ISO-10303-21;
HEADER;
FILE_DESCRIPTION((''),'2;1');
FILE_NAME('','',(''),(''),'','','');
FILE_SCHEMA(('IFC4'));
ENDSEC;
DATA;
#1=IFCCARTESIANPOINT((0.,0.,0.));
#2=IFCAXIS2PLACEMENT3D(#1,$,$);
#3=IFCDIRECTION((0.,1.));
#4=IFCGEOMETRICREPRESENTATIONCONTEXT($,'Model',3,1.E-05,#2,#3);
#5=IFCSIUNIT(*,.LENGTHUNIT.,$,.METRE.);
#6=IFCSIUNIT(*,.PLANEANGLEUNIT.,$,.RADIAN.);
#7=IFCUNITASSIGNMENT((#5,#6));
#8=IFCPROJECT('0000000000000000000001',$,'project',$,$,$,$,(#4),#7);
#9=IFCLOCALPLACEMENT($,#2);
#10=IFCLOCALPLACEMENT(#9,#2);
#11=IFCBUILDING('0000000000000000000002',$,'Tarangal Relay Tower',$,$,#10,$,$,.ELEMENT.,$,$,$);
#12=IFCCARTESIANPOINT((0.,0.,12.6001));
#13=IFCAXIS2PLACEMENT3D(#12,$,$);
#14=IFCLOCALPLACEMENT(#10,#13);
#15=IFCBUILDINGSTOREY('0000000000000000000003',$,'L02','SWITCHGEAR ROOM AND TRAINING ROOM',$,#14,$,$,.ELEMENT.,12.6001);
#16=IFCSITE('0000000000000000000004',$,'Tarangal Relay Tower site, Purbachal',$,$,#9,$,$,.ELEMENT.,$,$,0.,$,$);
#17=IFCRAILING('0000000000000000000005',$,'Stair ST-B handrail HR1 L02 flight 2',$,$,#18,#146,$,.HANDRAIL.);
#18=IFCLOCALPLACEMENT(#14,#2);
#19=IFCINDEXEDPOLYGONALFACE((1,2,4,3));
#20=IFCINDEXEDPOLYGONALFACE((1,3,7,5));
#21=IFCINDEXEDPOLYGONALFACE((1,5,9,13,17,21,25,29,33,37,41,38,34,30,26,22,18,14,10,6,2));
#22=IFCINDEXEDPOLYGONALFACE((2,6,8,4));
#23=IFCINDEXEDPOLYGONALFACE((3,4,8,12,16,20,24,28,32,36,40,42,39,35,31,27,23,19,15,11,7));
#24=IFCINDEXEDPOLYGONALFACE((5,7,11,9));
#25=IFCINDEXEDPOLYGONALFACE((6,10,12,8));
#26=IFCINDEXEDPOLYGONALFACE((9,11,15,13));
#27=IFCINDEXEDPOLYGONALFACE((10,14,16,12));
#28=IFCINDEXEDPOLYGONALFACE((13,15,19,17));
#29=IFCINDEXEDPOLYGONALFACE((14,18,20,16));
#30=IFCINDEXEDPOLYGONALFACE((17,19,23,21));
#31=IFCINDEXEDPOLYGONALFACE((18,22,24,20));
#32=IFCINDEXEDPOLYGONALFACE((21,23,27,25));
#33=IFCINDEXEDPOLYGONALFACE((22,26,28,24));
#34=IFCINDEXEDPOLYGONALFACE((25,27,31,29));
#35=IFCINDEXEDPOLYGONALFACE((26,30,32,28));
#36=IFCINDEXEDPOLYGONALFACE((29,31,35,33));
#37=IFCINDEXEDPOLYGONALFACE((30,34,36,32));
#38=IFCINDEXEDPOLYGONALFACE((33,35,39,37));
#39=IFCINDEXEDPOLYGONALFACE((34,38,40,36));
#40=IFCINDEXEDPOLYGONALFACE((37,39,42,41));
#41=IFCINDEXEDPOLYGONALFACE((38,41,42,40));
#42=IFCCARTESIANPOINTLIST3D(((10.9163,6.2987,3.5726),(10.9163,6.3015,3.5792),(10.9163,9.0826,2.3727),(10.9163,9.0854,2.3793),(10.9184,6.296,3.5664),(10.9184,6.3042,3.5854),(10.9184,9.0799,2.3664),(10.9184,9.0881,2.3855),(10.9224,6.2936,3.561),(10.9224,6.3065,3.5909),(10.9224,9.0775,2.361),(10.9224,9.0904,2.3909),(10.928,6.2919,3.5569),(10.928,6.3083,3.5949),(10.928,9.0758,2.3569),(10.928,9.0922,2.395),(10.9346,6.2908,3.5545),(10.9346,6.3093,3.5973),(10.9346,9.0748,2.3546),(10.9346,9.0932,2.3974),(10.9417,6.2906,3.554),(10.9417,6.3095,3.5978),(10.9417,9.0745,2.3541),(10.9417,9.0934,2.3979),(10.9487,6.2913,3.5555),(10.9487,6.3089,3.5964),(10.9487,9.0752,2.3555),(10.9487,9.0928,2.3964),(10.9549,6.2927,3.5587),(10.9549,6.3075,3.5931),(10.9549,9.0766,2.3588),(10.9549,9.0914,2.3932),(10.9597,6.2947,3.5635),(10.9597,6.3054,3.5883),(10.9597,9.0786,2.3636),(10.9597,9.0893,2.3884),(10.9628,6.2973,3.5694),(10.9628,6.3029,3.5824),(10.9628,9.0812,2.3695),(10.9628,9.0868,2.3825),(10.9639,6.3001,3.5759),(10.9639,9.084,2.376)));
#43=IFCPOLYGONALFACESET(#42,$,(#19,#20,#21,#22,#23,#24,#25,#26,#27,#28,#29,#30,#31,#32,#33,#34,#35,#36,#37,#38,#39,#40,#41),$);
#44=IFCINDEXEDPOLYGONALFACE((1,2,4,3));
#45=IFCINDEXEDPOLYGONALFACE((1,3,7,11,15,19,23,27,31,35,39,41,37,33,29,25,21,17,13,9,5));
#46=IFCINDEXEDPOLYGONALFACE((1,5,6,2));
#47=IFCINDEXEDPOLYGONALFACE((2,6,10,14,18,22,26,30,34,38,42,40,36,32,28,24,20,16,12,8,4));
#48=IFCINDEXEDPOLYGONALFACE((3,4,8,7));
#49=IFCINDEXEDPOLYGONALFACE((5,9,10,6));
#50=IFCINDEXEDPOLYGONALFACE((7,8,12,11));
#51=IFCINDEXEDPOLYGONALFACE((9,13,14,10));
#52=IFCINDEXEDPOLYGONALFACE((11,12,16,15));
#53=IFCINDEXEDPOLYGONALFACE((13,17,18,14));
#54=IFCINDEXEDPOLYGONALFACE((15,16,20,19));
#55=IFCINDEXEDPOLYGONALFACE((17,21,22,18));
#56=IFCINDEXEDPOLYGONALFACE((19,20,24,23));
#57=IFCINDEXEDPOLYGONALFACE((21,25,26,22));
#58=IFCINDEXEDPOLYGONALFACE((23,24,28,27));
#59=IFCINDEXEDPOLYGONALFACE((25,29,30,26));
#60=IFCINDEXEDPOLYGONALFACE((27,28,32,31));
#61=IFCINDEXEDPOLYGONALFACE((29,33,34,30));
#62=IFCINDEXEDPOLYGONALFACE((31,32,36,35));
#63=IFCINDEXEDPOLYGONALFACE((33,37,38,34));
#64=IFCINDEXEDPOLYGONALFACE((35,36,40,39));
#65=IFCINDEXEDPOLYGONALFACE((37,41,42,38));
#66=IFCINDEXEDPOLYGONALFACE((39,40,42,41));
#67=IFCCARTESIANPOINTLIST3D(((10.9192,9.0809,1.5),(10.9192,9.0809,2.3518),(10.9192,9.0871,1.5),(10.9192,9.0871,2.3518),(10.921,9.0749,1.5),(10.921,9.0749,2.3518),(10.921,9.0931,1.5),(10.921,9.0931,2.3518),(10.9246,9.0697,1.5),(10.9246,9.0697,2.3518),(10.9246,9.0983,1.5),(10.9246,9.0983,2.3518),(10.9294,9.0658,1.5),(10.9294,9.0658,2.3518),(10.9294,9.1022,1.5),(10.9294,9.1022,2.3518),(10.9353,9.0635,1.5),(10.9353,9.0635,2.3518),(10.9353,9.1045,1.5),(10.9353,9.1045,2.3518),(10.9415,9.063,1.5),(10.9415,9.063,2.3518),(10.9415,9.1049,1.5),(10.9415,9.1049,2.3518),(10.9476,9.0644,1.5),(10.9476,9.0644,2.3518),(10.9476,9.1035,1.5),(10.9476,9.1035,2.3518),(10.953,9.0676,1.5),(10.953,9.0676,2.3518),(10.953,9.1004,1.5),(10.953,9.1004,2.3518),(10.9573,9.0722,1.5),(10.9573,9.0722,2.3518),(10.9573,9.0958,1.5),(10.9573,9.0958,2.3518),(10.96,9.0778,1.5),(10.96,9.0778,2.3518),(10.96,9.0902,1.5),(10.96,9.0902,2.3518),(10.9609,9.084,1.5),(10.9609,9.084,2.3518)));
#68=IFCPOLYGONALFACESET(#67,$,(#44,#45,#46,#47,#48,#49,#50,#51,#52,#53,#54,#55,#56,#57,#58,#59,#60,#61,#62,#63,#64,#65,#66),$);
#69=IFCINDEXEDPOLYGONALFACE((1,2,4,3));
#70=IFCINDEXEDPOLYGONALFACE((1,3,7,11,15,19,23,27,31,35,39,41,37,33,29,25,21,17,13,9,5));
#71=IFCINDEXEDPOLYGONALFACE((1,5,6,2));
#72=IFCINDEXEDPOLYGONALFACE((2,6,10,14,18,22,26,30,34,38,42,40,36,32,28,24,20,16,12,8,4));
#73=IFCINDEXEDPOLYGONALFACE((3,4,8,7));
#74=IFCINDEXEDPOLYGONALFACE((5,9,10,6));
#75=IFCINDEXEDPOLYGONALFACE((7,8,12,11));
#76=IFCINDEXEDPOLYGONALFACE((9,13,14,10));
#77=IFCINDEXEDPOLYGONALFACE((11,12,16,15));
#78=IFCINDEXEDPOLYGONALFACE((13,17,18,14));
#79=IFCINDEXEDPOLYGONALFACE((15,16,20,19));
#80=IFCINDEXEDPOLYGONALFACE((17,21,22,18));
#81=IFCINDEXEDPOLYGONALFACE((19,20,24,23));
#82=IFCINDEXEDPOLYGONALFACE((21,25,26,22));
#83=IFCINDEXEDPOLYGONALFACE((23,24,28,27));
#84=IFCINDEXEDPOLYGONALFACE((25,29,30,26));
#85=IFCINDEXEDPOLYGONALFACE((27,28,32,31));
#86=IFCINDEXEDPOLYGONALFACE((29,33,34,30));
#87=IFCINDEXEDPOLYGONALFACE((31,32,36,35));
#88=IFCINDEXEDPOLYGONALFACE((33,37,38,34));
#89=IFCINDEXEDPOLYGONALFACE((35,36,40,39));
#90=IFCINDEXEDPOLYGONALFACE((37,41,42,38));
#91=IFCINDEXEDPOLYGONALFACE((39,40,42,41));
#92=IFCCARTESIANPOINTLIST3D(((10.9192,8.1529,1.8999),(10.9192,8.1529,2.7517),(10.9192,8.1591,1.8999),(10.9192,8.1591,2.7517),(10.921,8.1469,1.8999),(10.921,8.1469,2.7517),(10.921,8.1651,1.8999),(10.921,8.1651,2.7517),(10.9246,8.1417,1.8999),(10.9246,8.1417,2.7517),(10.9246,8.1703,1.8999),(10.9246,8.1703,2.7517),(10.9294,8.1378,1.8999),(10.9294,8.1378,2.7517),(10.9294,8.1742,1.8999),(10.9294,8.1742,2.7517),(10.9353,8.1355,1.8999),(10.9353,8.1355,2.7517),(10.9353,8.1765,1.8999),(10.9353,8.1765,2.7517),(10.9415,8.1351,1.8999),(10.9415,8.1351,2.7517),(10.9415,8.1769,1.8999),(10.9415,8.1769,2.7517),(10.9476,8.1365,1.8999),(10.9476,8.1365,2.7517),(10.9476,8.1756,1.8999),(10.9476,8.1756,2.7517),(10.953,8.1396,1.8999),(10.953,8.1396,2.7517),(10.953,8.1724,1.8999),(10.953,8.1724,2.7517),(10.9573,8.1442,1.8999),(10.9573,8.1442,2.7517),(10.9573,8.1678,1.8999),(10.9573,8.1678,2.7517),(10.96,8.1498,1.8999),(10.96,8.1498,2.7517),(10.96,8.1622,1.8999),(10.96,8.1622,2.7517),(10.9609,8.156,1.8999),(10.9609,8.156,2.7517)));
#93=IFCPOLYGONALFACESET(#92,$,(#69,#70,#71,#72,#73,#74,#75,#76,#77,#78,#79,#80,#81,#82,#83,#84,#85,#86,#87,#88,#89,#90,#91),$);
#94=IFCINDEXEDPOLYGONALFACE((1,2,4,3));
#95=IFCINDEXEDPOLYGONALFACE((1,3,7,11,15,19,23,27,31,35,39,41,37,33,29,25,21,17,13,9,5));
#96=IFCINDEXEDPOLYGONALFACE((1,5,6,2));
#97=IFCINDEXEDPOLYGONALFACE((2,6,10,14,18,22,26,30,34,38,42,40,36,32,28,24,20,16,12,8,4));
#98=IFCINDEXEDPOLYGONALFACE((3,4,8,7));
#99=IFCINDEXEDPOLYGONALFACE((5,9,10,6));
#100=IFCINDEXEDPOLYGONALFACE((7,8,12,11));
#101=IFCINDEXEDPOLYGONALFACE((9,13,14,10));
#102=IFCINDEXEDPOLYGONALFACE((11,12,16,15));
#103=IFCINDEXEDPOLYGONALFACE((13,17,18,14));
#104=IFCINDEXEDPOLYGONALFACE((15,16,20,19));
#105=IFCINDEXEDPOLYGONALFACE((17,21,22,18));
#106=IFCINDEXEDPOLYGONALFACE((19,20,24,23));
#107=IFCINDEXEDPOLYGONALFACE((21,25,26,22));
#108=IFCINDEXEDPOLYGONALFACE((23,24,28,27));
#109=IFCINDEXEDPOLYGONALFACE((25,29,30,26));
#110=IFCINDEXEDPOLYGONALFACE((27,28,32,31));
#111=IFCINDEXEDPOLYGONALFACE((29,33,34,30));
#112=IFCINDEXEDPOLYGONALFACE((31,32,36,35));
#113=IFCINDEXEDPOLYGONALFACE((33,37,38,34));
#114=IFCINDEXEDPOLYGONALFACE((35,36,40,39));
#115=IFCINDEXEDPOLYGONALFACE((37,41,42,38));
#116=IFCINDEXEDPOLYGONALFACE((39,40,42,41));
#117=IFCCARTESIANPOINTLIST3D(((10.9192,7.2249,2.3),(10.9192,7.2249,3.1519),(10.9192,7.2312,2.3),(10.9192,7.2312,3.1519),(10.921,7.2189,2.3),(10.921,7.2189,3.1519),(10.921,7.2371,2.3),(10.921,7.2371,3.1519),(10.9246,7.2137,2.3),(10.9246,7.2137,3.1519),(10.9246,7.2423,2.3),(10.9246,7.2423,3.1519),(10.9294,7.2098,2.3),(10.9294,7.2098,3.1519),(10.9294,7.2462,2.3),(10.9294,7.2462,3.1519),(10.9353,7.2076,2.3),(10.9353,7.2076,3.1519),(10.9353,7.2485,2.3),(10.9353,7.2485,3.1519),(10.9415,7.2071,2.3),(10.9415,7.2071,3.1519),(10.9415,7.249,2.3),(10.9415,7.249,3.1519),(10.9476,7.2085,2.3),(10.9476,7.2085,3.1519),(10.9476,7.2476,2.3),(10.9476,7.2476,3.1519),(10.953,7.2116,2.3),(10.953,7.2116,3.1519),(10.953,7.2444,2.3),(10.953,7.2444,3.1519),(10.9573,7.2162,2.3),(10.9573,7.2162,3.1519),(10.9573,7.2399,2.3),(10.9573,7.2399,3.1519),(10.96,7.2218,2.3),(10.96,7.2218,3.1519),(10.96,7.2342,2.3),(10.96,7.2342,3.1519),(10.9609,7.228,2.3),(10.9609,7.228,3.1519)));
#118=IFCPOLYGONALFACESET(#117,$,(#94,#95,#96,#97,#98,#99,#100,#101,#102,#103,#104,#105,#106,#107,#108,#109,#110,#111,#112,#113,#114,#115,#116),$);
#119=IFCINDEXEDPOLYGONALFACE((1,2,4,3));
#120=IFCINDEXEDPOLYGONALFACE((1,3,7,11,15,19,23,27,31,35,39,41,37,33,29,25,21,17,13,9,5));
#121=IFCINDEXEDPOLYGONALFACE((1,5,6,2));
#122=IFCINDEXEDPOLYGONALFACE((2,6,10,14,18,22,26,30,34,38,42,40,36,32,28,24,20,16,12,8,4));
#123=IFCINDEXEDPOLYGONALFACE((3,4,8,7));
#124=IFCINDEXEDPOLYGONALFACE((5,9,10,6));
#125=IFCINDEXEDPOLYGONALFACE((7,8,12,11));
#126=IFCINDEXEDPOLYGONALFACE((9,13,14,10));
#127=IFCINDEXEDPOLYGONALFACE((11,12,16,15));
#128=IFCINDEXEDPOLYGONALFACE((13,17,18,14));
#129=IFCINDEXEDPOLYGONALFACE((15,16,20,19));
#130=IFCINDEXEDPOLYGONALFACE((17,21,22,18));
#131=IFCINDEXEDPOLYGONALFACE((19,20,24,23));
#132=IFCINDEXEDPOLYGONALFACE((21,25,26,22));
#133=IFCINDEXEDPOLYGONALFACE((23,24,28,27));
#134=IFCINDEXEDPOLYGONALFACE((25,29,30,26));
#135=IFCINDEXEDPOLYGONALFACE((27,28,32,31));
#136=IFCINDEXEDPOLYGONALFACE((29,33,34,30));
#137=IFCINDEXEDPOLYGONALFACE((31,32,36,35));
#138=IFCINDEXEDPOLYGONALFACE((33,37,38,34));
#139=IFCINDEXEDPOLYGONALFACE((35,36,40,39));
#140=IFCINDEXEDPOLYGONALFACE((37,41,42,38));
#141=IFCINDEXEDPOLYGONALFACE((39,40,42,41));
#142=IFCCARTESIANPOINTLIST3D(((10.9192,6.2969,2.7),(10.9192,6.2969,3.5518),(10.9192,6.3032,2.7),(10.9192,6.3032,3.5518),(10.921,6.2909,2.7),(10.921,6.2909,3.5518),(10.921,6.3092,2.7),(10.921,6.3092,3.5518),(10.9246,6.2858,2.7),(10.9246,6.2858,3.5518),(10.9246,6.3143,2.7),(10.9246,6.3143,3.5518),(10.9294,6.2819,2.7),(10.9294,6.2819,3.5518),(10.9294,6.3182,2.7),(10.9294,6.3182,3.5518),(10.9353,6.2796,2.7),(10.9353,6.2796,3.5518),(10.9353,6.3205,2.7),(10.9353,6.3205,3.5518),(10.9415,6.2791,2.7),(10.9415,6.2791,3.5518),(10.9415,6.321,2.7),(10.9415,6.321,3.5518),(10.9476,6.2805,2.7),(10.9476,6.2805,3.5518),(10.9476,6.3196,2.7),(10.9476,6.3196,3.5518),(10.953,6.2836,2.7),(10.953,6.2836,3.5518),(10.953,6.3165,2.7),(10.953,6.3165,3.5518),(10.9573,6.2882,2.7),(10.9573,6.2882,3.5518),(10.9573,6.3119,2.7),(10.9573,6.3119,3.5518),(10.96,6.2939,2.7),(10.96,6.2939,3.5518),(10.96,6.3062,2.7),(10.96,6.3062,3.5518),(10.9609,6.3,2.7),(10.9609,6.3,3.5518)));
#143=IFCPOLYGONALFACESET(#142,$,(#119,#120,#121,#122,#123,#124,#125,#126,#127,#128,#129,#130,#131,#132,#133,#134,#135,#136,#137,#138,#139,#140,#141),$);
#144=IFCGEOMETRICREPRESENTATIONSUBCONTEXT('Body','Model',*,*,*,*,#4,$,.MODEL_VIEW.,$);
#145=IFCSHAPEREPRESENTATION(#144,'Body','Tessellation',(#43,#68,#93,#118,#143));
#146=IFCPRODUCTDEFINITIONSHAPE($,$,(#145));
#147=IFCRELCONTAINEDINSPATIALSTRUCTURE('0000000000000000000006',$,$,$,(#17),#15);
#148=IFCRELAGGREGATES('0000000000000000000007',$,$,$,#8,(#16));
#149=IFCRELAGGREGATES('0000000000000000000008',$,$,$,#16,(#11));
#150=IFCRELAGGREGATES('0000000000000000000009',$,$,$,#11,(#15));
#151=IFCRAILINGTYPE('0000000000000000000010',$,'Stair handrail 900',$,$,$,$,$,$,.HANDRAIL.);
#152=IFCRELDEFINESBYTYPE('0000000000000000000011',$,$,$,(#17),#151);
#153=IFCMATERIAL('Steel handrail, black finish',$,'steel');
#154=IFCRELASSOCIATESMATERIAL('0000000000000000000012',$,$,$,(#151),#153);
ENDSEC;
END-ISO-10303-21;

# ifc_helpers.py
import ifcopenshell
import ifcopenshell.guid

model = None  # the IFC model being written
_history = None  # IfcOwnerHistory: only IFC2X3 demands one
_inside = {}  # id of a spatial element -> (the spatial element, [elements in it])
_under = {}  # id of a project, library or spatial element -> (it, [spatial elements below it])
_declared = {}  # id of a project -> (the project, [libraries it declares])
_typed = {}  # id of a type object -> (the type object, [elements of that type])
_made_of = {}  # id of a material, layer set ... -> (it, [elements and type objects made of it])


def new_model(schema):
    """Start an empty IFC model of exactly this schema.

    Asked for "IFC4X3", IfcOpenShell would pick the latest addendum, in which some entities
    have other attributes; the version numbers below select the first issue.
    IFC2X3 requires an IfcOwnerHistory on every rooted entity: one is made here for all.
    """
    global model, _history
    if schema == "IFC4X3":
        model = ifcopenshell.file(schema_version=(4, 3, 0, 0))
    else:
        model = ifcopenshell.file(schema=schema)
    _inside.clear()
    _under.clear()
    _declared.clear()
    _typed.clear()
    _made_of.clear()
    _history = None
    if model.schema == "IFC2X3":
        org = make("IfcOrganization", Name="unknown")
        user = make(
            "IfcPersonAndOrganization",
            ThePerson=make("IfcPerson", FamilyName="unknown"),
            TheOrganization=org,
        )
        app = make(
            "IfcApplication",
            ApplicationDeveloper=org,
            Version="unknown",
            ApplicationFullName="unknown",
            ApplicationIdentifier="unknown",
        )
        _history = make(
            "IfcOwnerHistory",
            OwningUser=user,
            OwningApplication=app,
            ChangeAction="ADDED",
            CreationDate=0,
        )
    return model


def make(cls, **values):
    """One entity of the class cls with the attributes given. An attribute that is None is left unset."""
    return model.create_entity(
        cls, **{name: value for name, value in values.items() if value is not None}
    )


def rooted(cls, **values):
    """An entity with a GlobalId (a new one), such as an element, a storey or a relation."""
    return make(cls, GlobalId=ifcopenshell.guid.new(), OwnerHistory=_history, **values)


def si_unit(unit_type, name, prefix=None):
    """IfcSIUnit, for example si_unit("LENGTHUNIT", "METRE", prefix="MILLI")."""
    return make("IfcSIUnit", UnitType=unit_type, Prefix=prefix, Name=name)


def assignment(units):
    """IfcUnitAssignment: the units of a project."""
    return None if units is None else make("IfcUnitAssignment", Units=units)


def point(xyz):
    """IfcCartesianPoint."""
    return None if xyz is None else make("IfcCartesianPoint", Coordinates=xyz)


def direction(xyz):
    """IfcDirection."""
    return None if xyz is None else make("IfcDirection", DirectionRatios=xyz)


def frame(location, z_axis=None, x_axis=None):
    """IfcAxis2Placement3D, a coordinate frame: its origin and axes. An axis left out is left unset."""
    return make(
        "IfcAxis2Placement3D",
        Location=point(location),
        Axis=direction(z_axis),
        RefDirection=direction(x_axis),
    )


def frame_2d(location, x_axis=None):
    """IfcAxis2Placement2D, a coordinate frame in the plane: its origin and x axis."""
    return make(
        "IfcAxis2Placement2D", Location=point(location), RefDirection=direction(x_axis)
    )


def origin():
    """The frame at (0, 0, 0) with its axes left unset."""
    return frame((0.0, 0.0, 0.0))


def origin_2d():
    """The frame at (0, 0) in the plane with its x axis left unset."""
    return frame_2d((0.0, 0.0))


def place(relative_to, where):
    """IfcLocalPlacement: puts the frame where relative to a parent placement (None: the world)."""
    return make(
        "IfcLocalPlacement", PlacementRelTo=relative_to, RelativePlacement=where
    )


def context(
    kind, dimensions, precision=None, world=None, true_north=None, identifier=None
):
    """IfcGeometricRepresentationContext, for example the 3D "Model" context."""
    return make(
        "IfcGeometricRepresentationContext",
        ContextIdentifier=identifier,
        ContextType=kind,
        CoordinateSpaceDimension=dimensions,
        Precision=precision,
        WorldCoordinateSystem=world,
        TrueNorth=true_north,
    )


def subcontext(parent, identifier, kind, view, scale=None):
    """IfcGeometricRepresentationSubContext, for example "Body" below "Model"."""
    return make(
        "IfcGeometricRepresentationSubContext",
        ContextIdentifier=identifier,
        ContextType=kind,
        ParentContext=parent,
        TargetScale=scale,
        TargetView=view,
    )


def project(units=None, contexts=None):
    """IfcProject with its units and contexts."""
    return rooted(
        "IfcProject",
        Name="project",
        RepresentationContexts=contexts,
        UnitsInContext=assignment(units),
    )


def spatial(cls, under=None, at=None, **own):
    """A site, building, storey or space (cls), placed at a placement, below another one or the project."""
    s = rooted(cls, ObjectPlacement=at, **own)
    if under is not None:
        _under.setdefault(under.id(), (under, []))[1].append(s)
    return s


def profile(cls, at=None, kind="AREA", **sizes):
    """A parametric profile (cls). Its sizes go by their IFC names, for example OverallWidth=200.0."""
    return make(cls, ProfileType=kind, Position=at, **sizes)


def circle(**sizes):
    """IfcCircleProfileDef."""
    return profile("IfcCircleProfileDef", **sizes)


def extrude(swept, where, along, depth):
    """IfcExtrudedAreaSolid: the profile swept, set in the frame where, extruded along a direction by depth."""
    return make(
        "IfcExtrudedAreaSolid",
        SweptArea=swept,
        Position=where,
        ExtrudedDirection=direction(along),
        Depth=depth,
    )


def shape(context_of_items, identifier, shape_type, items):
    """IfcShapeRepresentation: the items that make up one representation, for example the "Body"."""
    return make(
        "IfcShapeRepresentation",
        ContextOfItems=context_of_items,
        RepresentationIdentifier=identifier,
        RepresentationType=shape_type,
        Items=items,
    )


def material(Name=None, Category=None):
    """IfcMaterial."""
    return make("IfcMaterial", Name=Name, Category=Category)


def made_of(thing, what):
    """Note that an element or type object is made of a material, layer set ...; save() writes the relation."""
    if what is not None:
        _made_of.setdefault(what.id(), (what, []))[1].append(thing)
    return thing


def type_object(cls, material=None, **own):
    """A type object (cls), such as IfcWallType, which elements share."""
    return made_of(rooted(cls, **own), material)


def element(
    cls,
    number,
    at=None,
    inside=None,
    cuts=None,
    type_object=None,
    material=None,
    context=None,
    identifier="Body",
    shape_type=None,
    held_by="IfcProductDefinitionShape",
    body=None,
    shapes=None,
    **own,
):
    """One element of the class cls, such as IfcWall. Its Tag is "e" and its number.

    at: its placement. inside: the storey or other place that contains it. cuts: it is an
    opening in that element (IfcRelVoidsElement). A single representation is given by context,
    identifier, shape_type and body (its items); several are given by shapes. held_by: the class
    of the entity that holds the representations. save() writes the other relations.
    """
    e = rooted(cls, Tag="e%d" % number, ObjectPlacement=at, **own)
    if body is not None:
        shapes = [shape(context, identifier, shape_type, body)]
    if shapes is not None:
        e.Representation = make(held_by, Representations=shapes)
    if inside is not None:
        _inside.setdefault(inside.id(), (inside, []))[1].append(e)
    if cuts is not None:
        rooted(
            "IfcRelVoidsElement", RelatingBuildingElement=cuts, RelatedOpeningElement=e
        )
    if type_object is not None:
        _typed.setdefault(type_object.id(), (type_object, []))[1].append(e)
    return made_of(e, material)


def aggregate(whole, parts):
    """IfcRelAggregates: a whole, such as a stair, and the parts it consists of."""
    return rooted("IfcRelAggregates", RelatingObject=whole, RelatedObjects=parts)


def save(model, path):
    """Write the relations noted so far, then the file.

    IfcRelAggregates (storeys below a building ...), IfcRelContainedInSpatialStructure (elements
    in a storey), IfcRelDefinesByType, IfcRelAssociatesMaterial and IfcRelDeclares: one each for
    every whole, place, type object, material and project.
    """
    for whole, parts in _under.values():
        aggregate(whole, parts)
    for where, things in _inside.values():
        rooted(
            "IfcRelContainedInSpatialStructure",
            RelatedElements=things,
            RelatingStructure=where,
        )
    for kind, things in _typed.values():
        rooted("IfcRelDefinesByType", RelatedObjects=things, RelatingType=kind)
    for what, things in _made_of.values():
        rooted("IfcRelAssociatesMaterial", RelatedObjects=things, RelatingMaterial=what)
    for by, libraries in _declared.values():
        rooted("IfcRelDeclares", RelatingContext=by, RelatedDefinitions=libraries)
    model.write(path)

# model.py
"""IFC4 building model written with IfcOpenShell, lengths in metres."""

from ifc_helpers import new_model, si_unit, direction, frame, origin, origin_2d, place, context, subcontext, project, spatial, circle, extrude, material, type_object, element, save


model = new_model("IFC4")

# Units and contexts
model_context = context("Model", 3, precision=1e-05, world=origin(), true_north=direction((0.0, 1.0)))
body_context = subcontext(model_context, "Body", "Model", "MODEL_VIEW")
ifc_project = project(units=[si_unit("LENGTHUNIT", "METRE"), si_unit("PLANEANGLEUNIT", "RADIAN")], contexts=[model_context])

# Site, building, storey
site_placement = place(None, origin())
site = spatial("IfcSite", under=ifc_project, at=site_placement, Name="Tarangal Relay Tower site, Purbachal", CompositionType="ELEMENT", RefElevation=0.0)
building_placement = place(site_placement, origin())
building = spatial("IfcBuilding", under=site, at=building_placement, Name="Tarangal Relay Tower", CompositionType="ELEMENT")
storey_placement = place(building_placement, frame((0.0, 0.0, 12.6001)))
storey = spatial("IfcBuildingStorey", under=building, at=storey_placement, Name="L02", Description="SWITCHGEAR ROOM AND TRAINING ROOM", CompositionType="ELEMENT", Elevation=12.6001)

# Railing
ifc_material_1 = material(Name="Steel handrail, black finish", Category="steel")
railing_type_1 = type_object("IfcRailingType", Name="Stair handrail 900", PredefinedType="HANDRAIL", material=ifc_material_1)
railing_1_placement = place(storey_placement, frame((10.9399, 9.084, 1.5)))
element("IfcRailing", 1, at=railing_1_placement, inside=storey, type_object=railing_type_1, Name="Stair ST-B handrail HR1 L02 flight 2", PredefinedType="HANDRAIL", context=body_context, shape_type="SweptSolid", body=[
    extrude(circle(Radius=0.0239, at=origin_2d()), frame((0.0, 0.0, 0.876), z_axis=(0.0, -0.918327, 0.395823), x_axis=(1.0, 0.0, 0.0)), (0.0, 0.0, 1.0), 3.0315),
    extrude(circle(Radius=0.021, at=origin_2d()), origin(), (0.0, 0.0, 1.0), 0.8518),
    extrude(circle(Radius=0.021, at=origin_2d()), frame((0.0, -0.928, 0.3999)), (0.0, 0.0, 1.0), 0.8518),
    extrude(circle(Radius=0.021, at=origin_2d()), frame((0.0, -1.856, 0.8)), (0.0, 0.0, 1.0), 0.8518),
    extrude(circle(Radius=0.021, at=origin_2d()), frame((0.0, -2.7839, 1.2)), (0.0, 0.0, 1.0), 0.8518),
])

save(model, "model.ifc")
